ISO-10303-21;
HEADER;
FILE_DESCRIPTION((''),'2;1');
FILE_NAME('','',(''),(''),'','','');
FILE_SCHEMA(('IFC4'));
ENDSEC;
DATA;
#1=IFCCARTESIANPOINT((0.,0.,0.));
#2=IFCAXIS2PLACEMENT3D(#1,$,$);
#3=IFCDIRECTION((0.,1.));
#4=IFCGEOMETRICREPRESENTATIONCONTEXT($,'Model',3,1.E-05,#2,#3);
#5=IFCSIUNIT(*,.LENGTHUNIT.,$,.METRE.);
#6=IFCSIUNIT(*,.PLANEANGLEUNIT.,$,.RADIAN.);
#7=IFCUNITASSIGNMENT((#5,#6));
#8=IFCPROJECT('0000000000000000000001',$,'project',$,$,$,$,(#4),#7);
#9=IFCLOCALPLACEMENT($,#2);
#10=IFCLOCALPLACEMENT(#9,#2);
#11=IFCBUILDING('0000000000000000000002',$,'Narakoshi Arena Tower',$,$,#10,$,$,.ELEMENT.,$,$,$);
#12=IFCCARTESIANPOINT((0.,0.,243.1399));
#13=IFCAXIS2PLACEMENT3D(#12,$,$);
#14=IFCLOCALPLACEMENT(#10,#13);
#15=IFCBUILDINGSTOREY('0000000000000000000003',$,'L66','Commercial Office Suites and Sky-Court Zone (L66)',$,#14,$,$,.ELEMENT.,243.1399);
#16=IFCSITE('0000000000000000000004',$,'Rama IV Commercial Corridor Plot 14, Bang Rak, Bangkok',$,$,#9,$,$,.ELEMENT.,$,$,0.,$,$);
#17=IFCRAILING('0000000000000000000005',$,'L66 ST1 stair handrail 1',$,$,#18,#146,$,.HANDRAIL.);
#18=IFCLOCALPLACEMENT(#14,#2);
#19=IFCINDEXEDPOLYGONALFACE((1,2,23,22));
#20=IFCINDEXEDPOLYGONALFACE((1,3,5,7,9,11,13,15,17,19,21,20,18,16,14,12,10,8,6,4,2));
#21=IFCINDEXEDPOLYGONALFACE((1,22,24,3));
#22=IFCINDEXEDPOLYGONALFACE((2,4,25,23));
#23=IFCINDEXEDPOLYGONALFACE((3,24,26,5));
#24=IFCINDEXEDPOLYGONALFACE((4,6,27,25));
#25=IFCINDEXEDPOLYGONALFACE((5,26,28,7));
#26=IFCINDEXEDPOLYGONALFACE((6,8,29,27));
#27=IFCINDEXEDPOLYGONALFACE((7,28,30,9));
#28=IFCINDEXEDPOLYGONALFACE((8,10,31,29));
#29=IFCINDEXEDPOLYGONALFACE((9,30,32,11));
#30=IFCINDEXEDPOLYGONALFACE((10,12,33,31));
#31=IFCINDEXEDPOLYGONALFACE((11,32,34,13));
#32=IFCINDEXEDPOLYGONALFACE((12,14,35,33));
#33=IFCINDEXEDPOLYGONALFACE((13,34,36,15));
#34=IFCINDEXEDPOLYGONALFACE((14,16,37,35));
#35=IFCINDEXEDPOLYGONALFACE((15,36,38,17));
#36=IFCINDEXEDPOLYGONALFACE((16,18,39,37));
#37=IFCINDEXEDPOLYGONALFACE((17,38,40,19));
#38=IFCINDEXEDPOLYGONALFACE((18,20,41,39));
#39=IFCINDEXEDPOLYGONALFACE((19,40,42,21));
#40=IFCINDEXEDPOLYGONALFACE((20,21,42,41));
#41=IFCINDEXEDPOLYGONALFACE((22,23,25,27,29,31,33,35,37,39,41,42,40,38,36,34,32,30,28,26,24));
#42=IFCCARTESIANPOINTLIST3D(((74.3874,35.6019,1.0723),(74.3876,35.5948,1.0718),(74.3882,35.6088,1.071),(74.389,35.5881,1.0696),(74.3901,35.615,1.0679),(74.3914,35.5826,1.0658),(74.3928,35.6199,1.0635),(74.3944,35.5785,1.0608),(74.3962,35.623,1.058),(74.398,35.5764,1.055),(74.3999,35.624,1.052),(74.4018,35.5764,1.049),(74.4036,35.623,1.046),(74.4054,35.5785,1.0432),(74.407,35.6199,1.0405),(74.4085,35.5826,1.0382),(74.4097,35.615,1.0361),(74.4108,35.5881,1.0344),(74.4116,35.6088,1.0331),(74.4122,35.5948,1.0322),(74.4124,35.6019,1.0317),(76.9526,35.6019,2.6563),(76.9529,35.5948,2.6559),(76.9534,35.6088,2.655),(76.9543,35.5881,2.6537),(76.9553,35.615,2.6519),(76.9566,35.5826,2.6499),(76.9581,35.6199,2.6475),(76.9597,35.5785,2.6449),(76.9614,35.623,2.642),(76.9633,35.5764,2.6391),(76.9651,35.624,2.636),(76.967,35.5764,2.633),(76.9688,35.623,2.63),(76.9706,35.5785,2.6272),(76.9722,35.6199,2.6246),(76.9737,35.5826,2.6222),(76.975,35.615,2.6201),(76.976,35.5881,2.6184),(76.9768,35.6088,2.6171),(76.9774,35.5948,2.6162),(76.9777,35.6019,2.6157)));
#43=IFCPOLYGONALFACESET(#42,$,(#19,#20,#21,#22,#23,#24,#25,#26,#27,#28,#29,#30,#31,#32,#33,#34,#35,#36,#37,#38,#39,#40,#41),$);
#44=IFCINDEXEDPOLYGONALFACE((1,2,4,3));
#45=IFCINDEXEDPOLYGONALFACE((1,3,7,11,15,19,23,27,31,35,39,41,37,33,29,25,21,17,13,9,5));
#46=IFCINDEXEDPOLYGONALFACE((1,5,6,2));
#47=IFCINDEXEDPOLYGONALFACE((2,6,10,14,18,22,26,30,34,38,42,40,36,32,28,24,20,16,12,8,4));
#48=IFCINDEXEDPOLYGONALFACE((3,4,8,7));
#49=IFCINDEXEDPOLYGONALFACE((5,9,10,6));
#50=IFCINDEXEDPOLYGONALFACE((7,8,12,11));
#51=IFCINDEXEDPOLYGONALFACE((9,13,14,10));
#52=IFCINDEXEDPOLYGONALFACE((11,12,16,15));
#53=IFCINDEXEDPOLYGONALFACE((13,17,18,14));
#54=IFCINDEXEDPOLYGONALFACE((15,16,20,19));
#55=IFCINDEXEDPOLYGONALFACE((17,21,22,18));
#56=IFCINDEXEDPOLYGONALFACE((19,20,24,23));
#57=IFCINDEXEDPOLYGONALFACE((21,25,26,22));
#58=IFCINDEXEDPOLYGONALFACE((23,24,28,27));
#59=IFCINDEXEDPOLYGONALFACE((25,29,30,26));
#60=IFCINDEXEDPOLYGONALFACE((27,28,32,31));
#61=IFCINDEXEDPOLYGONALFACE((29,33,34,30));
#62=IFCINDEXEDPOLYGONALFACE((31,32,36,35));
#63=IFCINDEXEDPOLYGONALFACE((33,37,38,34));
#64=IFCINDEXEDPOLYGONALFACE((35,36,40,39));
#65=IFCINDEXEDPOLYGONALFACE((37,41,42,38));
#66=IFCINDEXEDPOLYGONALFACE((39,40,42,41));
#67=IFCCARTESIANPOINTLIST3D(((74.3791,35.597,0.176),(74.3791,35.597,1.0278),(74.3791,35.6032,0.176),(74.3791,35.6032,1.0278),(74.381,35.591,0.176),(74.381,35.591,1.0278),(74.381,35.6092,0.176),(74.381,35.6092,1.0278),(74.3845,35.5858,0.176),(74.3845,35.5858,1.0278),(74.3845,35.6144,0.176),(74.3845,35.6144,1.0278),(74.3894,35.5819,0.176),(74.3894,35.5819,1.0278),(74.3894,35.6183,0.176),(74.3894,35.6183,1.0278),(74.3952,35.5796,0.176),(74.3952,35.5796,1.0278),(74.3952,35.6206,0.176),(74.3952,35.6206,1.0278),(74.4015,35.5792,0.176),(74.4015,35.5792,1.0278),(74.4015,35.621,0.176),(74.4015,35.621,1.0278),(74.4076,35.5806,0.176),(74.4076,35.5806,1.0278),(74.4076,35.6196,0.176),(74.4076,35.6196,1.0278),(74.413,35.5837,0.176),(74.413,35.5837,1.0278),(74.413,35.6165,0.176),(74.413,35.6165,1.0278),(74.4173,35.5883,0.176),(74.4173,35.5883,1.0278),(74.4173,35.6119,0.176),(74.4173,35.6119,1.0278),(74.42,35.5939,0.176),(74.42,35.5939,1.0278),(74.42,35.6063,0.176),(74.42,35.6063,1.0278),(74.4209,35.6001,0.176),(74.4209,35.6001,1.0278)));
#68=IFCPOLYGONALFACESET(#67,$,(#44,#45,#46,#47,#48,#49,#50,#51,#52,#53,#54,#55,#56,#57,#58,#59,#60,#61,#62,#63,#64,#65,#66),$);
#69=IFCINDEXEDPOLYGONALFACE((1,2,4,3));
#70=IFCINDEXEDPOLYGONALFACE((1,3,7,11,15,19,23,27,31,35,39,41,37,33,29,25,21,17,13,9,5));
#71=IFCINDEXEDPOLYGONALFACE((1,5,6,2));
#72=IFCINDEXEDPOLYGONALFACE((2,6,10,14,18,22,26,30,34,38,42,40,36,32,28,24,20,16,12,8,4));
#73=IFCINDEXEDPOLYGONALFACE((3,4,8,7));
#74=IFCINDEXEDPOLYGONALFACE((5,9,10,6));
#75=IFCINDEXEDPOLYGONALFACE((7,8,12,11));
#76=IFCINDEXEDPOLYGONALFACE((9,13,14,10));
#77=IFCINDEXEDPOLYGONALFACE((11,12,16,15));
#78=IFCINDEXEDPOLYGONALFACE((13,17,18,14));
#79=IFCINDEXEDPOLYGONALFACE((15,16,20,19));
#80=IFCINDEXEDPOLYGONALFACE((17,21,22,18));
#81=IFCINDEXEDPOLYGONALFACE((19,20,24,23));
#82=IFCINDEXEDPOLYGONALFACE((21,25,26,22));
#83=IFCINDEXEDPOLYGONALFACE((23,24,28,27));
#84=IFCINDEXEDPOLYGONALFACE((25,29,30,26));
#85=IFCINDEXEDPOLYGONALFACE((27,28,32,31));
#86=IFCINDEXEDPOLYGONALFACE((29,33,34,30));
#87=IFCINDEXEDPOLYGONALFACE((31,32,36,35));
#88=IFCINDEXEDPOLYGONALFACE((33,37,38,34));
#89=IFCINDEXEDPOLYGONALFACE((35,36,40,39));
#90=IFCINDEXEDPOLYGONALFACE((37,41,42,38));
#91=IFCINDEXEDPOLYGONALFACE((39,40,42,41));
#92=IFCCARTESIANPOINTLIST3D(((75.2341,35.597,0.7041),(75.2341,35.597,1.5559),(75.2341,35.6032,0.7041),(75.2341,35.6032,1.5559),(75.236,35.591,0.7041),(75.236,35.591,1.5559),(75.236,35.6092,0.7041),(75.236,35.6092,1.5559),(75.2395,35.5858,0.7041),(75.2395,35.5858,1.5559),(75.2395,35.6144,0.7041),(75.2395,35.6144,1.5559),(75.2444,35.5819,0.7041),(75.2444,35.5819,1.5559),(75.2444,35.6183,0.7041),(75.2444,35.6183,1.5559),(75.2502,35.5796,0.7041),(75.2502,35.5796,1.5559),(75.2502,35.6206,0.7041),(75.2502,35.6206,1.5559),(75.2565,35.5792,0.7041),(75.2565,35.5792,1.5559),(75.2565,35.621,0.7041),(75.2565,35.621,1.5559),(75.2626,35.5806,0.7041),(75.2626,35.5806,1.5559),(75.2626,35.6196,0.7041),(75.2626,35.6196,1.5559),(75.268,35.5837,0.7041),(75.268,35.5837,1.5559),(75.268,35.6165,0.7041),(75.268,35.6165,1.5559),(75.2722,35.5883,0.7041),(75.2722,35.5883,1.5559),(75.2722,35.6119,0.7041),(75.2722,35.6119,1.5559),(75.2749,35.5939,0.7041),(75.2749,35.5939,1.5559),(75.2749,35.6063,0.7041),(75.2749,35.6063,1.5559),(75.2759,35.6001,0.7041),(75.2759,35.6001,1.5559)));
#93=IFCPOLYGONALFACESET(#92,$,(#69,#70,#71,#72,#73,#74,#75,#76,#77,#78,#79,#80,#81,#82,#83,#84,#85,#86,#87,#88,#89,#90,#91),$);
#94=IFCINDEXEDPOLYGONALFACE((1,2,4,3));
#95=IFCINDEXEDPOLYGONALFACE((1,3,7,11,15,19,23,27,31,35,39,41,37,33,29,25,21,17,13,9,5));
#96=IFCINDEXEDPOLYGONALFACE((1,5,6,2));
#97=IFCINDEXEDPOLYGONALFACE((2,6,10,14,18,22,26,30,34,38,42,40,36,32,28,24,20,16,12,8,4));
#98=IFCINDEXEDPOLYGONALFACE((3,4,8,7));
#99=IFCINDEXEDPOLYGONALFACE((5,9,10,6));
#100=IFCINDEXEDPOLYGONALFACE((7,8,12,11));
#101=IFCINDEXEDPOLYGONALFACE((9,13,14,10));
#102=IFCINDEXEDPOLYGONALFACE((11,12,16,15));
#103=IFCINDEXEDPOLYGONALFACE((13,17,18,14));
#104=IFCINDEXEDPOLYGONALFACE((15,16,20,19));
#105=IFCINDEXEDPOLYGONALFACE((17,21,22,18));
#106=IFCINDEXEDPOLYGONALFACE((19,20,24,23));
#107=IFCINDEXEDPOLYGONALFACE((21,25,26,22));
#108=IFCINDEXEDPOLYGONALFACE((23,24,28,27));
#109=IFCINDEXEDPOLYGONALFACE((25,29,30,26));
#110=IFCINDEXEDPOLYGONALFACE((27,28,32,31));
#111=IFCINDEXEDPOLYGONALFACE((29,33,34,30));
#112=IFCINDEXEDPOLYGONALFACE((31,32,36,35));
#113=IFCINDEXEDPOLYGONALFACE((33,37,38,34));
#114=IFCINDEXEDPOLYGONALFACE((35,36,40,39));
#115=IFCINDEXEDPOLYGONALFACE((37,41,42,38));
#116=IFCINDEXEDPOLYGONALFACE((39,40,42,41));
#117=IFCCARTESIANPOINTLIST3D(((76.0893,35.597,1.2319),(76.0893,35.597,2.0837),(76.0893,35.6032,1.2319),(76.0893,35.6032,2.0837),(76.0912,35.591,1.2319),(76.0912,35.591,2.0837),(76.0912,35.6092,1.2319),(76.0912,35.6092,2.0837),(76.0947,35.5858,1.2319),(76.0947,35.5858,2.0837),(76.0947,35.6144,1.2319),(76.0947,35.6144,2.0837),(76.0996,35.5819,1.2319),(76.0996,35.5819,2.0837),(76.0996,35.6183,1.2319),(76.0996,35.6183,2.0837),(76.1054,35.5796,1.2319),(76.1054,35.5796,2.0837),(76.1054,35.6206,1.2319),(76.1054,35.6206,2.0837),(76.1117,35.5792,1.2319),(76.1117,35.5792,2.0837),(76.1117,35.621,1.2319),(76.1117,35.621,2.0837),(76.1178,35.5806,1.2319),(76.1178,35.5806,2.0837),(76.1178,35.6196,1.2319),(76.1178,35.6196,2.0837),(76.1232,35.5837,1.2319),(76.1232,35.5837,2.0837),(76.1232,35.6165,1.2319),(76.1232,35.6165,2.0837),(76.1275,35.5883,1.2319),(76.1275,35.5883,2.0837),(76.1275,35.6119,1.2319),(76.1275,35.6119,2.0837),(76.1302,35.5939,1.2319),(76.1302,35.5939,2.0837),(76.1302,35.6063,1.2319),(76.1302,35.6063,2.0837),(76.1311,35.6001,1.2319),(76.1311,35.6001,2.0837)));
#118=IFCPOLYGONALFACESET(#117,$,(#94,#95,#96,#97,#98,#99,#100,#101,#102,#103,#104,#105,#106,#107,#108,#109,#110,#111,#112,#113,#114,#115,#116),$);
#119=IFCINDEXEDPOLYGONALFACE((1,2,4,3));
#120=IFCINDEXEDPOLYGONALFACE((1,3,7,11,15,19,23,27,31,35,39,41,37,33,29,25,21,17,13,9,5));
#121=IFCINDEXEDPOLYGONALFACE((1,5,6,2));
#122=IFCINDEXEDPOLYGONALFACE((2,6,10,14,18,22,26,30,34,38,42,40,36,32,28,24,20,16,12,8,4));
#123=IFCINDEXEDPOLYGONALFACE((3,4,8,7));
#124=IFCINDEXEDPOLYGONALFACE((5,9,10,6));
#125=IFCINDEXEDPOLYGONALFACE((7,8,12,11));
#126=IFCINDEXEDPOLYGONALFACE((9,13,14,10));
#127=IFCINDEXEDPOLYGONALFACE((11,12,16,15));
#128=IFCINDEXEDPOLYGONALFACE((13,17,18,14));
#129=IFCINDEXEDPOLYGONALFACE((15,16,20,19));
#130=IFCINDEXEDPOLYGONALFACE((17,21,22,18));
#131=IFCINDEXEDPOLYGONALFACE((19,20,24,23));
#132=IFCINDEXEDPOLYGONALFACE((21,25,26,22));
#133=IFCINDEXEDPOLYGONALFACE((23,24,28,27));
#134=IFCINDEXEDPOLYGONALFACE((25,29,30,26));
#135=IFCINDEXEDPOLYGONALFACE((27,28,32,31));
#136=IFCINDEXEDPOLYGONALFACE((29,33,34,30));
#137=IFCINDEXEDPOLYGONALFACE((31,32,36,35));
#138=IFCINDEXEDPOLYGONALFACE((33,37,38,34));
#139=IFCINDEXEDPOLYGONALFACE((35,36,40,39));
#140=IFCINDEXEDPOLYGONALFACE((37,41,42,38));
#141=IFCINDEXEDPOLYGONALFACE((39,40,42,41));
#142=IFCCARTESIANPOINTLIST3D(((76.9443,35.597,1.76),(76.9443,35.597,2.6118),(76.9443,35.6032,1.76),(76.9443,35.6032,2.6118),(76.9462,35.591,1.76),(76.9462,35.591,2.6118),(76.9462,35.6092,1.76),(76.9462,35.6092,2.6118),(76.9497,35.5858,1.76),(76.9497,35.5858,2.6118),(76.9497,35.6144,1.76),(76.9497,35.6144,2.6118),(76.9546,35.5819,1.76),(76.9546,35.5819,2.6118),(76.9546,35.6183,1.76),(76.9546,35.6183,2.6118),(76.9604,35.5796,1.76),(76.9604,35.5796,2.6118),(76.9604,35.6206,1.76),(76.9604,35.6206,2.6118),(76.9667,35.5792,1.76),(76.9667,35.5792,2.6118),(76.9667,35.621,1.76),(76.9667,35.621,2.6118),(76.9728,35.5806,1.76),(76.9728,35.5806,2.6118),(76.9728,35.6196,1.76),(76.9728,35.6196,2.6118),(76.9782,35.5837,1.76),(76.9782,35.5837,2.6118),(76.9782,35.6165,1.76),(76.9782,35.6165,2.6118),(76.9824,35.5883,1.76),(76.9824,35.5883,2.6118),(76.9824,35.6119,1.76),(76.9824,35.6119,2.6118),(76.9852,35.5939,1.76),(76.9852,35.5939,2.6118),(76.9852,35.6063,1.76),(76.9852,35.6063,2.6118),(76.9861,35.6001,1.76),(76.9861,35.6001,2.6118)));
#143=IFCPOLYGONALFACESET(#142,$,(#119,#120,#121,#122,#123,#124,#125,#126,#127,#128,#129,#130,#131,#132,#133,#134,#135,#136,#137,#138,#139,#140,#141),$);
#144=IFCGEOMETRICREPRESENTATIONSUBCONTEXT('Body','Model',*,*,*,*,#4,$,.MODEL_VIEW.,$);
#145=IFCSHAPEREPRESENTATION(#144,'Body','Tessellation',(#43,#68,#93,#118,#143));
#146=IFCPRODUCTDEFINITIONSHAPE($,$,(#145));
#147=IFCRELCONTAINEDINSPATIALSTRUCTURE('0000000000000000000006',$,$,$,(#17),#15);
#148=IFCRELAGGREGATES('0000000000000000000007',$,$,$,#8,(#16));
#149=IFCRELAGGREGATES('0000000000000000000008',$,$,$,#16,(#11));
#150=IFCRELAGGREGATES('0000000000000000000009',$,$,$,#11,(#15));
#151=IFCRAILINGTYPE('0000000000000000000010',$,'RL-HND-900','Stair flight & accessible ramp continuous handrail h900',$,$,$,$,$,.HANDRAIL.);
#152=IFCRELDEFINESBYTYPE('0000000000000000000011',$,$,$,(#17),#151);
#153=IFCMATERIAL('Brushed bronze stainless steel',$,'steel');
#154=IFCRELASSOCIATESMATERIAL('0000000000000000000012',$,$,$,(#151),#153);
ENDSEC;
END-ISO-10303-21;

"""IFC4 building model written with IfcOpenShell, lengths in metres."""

from ifc_helpers import new_model, si_unit, direction, frame, origin, origin_2d, place, context, subcontext, project, spatial, circle, extrude, material, type_object, element, save


model = new_model("IFC4")

# Units and contexts
model_context = context("Model", 3, precision=1e-05, world=origin(), true_north=direction((0.0, 1.0)))
body_context = subcontext(model_context, "Body", "Model", "MODEL_VIEW")
ifc_project = project(units=[si_unit("LENGTHUNIT", "METRE"), si_unit("PLANEANGLEUNIT", "RADIAN")], contexts=[model_context])

# Site, building, storey
site_placement = place(None, origin())
site = spatial("IfcSite", under=ifc_project, at=site_placement, Name="Rama IV Commercial Corridor Plot 14, Bang Rak, Bangkok", CompositionType="ELEMENT", RefElevation=0.0)
building_placement = place(site_placement, origin())
building = spatial("IfcBuilding", under=site, at=building_placement, Name="Narakoshi Arena Tower", CompositionType="ELEMENT")
storey_placement = place(building_placement, frame((0.0, 0.0, 243.1399)))
storey = spatial("IfcBuildingStorey", under=building, at=storey_placement, Name="L66", Description="Commercial Office Suites and Sky-Court Zone (L66)", CompositionType="ELEMENT", Elevation=243.1399)

# Railing
ifc_material_1 = material(Name="Brushed bronze stainless steel", Category="steel")
railing_type_1 = type_object("IfcRailingType", Name="RL-HND-900", Description="Stair flight & accessible ramp continuous handrail h900", PredefinedType="HANDRAIL", material=ifc_material_1)
railing_1_placement = place(storey_placement, frame((74.3999, 35.6001, 0.176)))
element("IfcRailing", 1, at=railing_1_placement, inside=storey, type_object=railing_type_1, Name="L66 ST1 stair handrail 1", PredefinedType="HANDRAIL", context=body_context, shape_type="SweptSolid", body=[
    extrude(circle(Radius=0.0239, at=origin_2d()), frame((0.0, 0.0, 0.876), z_axis=(0.850857, 0.0, 0.525398), x_axis=(0.0, 1.0, 0.0)), (0.0, 0.0, 1.0), 3.0149),
    extrude(circle(Radius=0.021, at=origin_2d()), origin(), (0.0, 0.0, 1.0), 0.8518),
    extrude(circle(Radius=0.021, at=origin_2d()), frame((0.855, 0.0, 0.5281)), (0.0, 0.0, 1.0), 0.8518),
    extrude(circle(Radius=0.021, at=origin_2d()), frame((1.7102, 0.0, 1.0559)), (0.0, 0.0, 1.0), 0.8518),
    extrude(circle(Radius=0.021, at=origin_2d()), frame((2.5652, 0.0, 1.584)), (0.0, 0.0, 1.0), 0.8518),
])

save(model, "model.ifc")
